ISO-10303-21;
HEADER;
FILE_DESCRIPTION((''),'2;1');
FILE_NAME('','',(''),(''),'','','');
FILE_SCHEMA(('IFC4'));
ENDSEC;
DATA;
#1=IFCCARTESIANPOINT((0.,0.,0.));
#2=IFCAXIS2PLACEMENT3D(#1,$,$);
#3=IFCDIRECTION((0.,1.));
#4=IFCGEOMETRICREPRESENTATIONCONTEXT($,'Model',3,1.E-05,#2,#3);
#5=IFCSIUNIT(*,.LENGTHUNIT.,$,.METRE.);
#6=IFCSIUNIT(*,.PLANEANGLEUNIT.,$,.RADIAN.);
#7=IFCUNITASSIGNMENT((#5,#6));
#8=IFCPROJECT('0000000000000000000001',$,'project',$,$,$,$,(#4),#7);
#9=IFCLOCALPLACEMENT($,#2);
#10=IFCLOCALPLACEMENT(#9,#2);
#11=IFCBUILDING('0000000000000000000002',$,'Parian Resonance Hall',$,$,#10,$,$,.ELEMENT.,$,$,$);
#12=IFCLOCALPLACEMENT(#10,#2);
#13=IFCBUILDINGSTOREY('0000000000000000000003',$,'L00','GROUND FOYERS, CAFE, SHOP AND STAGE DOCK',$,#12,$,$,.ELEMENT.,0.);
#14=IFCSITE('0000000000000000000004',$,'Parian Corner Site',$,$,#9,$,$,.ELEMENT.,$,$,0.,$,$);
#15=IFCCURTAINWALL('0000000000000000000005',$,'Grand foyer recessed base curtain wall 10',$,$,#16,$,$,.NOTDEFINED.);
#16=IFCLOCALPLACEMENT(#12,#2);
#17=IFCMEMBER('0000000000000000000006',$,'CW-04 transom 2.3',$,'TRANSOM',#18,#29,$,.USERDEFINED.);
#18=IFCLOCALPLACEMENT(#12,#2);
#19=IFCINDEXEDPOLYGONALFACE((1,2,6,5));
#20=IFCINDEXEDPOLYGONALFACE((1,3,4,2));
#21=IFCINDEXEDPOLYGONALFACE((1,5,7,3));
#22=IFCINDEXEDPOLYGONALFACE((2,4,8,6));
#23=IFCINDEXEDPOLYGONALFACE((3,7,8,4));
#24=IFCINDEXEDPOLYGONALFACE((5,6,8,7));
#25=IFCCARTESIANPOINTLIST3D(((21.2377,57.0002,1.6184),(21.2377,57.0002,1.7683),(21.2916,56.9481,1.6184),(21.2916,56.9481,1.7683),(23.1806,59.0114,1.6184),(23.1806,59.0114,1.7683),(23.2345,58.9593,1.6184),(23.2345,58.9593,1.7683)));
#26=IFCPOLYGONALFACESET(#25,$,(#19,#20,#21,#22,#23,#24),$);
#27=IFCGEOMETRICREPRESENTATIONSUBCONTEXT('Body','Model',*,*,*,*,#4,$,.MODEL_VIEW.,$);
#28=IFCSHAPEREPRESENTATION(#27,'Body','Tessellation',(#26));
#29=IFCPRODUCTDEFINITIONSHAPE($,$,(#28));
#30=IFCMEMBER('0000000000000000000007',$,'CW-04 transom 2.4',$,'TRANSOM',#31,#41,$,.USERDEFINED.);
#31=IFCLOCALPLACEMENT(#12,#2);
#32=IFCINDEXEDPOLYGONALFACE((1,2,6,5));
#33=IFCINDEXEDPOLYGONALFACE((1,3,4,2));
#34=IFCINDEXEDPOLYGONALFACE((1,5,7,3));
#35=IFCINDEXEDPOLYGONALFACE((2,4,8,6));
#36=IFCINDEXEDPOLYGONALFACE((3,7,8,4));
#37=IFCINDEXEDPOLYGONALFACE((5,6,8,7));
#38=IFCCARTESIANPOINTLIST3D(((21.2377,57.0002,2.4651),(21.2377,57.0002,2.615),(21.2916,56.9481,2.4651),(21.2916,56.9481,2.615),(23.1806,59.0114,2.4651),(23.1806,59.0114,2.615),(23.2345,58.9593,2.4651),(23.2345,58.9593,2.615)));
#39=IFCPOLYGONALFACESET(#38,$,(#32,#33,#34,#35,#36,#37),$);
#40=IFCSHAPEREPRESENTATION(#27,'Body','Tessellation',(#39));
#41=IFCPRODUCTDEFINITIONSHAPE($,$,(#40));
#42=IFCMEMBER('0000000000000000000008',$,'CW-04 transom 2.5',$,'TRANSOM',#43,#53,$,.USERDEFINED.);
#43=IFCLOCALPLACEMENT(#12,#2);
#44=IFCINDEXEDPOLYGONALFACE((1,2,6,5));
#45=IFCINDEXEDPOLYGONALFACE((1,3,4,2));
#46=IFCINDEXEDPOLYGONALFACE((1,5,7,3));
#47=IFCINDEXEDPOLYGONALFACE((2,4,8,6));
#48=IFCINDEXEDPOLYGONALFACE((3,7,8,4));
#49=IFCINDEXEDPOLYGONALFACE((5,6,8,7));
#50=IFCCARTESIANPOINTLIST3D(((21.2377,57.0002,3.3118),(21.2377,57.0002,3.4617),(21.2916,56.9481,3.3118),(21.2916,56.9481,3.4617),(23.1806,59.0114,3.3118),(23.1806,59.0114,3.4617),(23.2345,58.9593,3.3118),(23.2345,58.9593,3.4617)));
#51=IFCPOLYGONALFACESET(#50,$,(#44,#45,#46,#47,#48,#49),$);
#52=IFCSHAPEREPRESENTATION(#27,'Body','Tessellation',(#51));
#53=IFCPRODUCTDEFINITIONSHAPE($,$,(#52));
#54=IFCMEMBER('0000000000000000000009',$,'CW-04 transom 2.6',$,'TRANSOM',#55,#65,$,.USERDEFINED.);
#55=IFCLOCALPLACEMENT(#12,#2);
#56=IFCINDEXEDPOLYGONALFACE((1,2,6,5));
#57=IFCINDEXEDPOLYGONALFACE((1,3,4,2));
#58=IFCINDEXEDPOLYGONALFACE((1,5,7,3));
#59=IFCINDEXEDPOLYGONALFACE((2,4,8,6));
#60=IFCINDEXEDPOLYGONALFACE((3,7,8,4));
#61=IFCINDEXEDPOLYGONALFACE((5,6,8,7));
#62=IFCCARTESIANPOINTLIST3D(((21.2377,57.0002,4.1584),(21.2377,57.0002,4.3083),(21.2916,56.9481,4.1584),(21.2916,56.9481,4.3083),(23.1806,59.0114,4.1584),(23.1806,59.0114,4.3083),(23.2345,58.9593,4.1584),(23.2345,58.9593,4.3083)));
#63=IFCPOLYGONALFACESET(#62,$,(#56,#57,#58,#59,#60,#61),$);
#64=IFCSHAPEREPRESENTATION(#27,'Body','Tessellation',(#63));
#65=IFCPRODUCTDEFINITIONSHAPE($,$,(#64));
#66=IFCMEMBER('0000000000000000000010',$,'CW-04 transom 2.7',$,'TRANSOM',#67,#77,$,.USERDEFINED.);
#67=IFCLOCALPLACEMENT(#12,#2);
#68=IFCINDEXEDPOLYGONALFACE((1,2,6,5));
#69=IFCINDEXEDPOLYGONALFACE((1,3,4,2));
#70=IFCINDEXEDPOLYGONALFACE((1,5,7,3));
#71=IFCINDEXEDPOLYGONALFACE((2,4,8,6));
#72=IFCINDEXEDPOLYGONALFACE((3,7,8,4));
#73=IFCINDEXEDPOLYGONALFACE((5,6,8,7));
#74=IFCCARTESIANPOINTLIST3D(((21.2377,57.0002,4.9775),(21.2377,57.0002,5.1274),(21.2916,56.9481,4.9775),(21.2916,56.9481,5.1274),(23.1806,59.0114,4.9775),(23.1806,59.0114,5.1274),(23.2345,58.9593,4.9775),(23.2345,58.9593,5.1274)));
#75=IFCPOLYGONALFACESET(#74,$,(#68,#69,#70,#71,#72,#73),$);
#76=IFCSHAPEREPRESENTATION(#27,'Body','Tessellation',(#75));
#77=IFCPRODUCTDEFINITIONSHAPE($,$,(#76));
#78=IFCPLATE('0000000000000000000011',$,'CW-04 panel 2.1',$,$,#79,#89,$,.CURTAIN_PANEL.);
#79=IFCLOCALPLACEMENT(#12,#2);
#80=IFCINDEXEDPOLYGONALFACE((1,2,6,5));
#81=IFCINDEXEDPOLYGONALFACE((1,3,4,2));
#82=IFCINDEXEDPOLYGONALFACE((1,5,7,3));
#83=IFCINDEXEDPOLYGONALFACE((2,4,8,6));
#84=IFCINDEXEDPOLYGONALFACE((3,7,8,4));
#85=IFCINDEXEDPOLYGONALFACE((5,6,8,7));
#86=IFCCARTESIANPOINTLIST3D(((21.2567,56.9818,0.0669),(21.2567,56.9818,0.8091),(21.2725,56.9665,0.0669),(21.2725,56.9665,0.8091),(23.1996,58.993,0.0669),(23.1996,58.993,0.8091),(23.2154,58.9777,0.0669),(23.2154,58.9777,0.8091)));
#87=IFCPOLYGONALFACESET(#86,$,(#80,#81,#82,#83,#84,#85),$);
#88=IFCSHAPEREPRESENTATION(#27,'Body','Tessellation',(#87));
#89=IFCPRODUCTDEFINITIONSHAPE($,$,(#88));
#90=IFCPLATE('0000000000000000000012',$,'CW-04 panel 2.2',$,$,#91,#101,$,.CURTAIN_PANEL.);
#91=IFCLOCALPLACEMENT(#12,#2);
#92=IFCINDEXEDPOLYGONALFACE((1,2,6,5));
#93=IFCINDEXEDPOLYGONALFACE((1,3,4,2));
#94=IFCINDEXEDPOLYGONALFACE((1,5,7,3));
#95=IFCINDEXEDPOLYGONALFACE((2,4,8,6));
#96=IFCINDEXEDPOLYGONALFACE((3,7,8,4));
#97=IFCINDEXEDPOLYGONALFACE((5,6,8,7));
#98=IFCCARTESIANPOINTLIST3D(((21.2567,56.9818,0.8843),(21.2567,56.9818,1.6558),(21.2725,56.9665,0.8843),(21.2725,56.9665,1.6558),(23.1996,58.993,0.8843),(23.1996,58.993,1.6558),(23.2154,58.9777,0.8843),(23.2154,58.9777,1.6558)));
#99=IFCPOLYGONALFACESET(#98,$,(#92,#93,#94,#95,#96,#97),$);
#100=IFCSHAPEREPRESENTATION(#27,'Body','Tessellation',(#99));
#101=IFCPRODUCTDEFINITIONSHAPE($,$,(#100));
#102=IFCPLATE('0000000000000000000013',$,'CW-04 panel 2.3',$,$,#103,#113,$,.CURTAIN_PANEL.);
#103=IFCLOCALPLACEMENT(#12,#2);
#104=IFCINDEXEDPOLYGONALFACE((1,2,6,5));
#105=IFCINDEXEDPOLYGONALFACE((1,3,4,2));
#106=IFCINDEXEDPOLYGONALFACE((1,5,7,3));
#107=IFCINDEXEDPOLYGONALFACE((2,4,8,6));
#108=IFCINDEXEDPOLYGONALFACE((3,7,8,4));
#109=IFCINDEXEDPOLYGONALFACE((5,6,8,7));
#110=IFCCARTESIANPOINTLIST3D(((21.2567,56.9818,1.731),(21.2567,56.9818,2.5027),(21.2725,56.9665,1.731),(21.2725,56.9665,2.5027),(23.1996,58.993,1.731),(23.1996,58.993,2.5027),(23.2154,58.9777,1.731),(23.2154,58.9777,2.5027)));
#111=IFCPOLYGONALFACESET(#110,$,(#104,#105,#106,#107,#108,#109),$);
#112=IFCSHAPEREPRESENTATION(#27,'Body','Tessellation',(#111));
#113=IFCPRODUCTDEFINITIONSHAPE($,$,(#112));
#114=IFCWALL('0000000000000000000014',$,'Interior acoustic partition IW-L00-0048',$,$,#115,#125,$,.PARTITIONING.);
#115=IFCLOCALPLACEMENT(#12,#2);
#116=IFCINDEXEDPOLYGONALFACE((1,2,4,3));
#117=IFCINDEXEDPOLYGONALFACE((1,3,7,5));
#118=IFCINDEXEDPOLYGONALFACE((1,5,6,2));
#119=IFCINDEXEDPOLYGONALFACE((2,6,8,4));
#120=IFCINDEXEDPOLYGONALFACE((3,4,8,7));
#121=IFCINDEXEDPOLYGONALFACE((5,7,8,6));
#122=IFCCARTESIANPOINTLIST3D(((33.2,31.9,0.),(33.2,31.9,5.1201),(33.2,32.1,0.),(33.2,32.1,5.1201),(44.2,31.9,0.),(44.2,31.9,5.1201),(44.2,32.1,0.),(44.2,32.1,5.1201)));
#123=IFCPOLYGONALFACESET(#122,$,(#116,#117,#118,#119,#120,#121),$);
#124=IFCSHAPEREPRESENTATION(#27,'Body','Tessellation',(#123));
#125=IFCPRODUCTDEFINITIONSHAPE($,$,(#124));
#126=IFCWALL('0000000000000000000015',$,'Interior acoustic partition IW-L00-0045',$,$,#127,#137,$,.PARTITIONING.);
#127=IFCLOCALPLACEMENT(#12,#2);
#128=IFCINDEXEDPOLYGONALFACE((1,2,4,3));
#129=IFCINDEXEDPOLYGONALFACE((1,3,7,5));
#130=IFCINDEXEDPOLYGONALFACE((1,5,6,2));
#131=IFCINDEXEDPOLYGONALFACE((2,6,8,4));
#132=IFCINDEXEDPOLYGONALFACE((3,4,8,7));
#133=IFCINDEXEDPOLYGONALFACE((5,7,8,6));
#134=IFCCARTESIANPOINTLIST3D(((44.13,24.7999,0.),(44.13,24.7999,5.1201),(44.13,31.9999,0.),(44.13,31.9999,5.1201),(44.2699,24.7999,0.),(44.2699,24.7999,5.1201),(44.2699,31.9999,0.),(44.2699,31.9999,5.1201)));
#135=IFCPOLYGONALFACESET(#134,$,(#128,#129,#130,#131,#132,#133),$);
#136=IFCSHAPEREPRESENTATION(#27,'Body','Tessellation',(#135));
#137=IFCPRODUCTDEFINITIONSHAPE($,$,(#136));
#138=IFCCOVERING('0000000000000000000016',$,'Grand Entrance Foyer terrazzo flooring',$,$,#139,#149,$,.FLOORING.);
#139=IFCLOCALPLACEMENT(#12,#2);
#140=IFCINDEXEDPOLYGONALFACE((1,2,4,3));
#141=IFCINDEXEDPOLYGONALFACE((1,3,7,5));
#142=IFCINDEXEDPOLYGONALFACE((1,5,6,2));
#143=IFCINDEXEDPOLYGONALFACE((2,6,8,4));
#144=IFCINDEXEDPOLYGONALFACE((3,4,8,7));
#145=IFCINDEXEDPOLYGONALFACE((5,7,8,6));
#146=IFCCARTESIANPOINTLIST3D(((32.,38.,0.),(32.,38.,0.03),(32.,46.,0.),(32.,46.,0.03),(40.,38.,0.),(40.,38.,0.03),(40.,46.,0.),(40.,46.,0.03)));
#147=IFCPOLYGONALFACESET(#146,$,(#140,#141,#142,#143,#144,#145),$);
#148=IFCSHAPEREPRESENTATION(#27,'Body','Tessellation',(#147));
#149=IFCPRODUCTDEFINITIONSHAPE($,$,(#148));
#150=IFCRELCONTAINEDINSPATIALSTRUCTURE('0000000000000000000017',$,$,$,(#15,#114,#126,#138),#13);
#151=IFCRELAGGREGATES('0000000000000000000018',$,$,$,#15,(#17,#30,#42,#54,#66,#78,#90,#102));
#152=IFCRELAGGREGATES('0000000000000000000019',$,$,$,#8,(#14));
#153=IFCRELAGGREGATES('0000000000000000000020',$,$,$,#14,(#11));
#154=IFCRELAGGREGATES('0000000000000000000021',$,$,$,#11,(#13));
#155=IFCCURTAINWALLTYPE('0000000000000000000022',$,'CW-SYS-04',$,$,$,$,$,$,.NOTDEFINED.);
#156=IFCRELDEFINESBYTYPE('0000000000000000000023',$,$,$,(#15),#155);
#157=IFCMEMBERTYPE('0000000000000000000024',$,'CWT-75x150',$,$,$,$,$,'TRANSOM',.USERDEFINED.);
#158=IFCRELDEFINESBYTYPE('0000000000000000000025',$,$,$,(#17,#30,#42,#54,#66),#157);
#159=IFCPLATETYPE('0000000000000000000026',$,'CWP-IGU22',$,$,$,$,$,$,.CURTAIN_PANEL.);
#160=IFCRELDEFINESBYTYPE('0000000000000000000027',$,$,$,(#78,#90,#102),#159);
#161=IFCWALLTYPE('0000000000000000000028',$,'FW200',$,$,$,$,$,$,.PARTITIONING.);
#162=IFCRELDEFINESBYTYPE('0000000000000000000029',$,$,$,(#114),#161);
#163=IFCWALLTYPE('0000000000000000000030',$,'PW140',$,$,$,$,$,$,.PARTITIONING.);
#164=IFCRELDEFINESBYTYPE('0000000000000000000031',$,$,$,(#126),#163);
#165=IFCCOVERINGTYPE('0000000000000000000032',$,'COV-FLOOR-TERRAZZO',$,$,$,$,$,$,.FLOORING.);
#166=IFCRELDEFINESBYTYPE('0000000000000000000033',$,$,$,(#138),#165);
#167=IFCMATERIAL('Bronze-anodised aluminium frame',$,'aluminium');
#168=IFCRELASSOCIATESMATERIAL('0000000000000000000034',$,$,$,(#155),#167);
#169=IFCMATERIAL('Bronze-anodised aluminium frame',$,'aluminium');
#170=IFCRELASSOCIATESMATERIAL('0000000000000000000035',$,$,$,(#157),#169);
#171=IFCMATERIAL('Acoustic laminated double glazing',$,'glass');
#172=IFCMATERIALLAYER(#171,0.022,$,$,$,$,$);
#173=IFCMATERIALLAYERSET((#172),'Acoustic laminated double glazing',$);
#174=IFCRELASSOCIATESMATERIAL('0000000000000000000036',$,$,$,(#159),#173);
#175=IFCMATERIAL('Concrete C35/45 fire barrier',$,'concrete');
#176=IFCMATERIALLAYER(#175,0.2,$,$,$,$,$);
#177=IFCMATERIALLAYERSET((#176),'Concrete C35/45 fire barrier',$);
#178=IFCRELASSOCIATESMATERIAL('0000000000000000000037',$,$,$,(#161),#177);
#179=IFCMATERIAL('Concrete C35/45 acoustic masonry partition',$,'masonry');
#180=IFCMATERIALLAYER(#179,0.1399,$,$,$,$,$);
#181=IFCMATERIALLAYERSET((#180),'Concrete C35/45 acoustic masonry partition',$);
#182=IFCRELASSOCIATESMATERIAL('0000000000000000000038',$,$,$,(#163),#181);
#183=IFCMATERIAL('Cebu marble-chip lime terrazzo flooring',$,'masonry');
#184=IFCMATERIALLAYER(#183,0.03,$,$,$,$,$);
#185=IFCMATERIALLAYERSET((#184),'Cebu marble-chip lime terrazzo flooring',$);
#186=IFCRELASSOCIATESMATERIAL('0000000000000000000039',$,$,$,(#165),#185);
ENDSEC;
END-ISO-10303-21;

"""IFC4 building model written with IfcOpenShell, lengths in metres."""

from ifc_helpers import new_model, si_unit, direction, frame, frame_2d, origin, origin_2d, place, context, subcontext, project, spatial, rectangle, extrude, material, layer, layer_set, material_profile, profile_set, type_object, element, aggregate, save


model = new_model("IFC4")

# Units and contexts
model_context = context("Model", 3, precision=1e-05, world=origin(), true_north=direction((0.0, 1.0)))
body_context = subcontext(model_context, "Body", "Model", "MODEL_VIEW")
ifc_project = project(units=[si_unit("LENGTHUNIT", "METRE"), si_unit("PLANEANGLEUNIT", "RADIAN")], contexts=[model_context])

# Site, building, storey
site_placement = place(None, origin())
site = spatial("IfcSite", under=ifc_project, at=site_placement, Name="Parian Corner Site", CompositionType="ELEMENT", RefElevation=0.0)
building_placement = place(site_placement, origin())
building = spatial("IfcBuilding", under=site, at=building_placement, Name="Parian Resonance Hall", CompositionType="ELEMENT")
storey_placement = place(building_placement, origin())
storey = spatial("IfcBuildingStorey", under=building, at=storey_placement, Name="L00", Description="GROUND FOYERS, CAFE, SHOP AND STAGE DOCK", CompositionType="ELEMENT", Elevation=0.0)

# Curtain wall, members, plates
ifc_material_1 = material(Name="Bronze-anodised aluminium frame", Category="aluminium")
curtain_wall_type = type_object("IfcCurtainWallType", Name="CW-SYS-04", PredefinedType="NOTDEFINED", material=ifc_material_1)
curtain_wall_placement = place(storey_placement, origin())
curtain_wall = element("IfcCurtainWall", 1, at=curtain_wall_placement, inside=storey, type_object=curtain_wall_type, Name="Grand foyer recessed base curtain wall 10", PredefinedType="NOTDEFINED")
ifc_material_2 = material(Name="Bronze-anodised aluminium frame", Category="aluminium")
ifc_material_profile_1 = material_profile(ifc_material_2, rectangle(XDim=0.075, YDim=0.1499, at=origin_2d()), Name="CWT-75x150")
ifc_profile_set_1 = profile_set([ifc_material_profile_1], Name="Bronze-anodised aluminium frame")
member_type_1 = type_object("IfcMemberType", Name="CWT-75x150", ElementType="TRANSOM", PredefinedType="USERDEFINED", material=ifc_profile_set_1)
member_1_placement = place(storey_placement, frame((21.2646, 56.9741, 1.6934), z_axis=(0.694778, 0.719224, 0.0), x_axis=(-0.719224, 0.694778, 0.0)))
member_1 = element("IfcMember", 2, at=member_1_placement, type_object=member_type_1, Name="CW-04 transom 2.3", ObjectType="TRANSOM", PredefinedType="USERDEFINED", context=body_context, shape_type="SweptSolid", body=[
    extrude(rectangle(XDim=0.075, YDim=0.1499, at=origin_2d()), origin(), (0.0, 0.0, 1.0), 2.7964),
])
member_2_placement = place(storey_placement, frame((21.2646, 56.9741, 2.54), z_axis=(0.694778, 0.719224, 0.0), x_axis=(-0.719224, 0.694778, 0.0)))
member_2 = element("IfcMember", 3, at=member_2_placement, type_object=member_type_1, Name="CW-04 transom 2.4", ObjectType="TRANSOM", PredefinedType="USERDEFINED", context=body_context, shape_type="SweptSolid", body=[
    extrude(rectangle(XDim=0.075, YDim=0.1499, at=origin_2d()), origin(), (0.0, 0.0, 1.0), 2.7964),
])
member_3_placement = place(storey_placement, frame((21.2646, 56.9741, 3.3867), z_axis=(0.694778, 0.719224, 0.0), x_axis=(-0.719224, 0.694778, 0.0)))
member_3 = element("IfcMember", 4, at=member_3_placement, type_object=member_type_1, Name="CW-04 transom 2.5", ObjectType="TRANSOM", PredefinedType="USERDEFINED", context=body_context, shape_type="SweptSolid", body=[
    extrude(rectangle(XDim=0.075, YDim=0.1499, at=origin_2d()), origin(), (0.0, 0.0, 1.0), 2.7964),
])
member_4_placement = place(storey_placement, frame((21.2646, 56.9741, 4.2334), z_axis=(0.694778, 0.719224, 0.0), x_axis=(-0.719224, 0.694778, 0.0)))
member_4 = element("IfcMember", 5, at=member_4_placement, type_object=member_type_1, Name="CW-04 transom 2.6", ObjectType="TRANSOM", PredefinedType="USERDEFINED", context=body_context, shape_type="SweptSolid", body=[
    extrude(rectangle(XDim=0.075, YDim=0.1499, at=origin_2d()), origin(), (0.0, 0.0, 1.0), 2.7964),
])
member_5_placement = place(storey_placement, frame((21.2646, 56.9741, 5.0525), z_axis=(0.694778, 0.719224, 0.0), x_axis=(-0.719224, 0.694778, 0.0)))
member_5 = element("IfcMember", 6, at=member_5_placement, type_object=member_type_1, Name="CW-04 transom 2.7", ObjectType="TRANSOM", PredefinedType="USERDEFINED", context=body_context, shape_type="SweptSolid", body=[
    extrude(rectangle(XDim=0.075, YDim=0.1499, at=origin_2d()), origin(), (0.0, 0.0, 1.0), 2.7964),
])
ifc_material_3 = material(Name="Acoustic laminated double glazing", Category="glass")
ifc_layer_1 = layer(ifc_material_3, 0.022)
ifc_layer_set_1 = layer_set([ifc_layer_1], Name="Acoustic laminated double glazing")
plate_type = type_object("IfcPlateType", Name="CWP-IGU22", PredefinedType="CURTAIN_PANEL", material=ifc_layer_set_1)
plate_1_placement = place(storey_placement, frame((22.2361, 57.9797, 0.0669), z_axis=(0.0, 0.0, 1.0), x_axis=(0.69478, 0.719223, 0.0)))
plate_1 = element("IfcPlate", 7, at=plate_1_placement, type_object=plate_type, Name="CW-04 panel 2.1", PredefinedType="CURTAIN_PANEL", context=body_context, shape_type="SweptSolid", body=[
    extrude(rectangle(XDim=2.7964, YDim=0.022, at=origin_2d()), origin(), (0.0, 0.0, 1.0), 0.7422),
])
plate_2_placement = place(storey_placement, frame((22.2361, 57.9797, 0.8843), z_axis=(0.0, 0.0, 1.0), x_axis=(0.69478, 0.719223, 0.0)))
plate_2 = element("IfcPlate", 8, at=plate_2_placement, type_object=plate_type, Name="CW-04 panel 2.2", PredefinedType="CURTAIN_PANEL", context=body_context, shape_type="SweptSolid", body=[
    extrude(rectangle(XDim=2.7964, YDim=0.022, at=origin_2d()), origin(), (0.0, 0.0, 1.0), 0.7715),
])
plate_3_placement = place(storey_placement, frame((22.2361, 57.9797, 1.731), z_axis=(0.0, 0.0, 1.0), x_axis=(0.69478, 0.719223, 0.0)))
plate_3 = element("IfcPlate", 9, at=plate_3_placement, type_object=plate_type, Name="CW-04 panel 2.3", PredefinedType="CURTAIN_PANEL", context=body_context, shape_type="SweptSolid", body=[
    extrude(rectangle(XDim=2.7964, YDim=0.022, at=origin_2d()), origin(), (0.0, 0.0, 1.0), 0.7717),
])
aggregate(curtain_wall, [member_1, member_2, member_3, member_4, member_5, plate_1, plate_2, plate_3])

# Walls
ifc_material_4 = material(Name="Concrete C35/45 fire barrier", Category="concrete")
ifc_layer_2 = layer(ifc_material_4, 0.2)
ifc_layer_set_2 = layer_set([ifc_layer_2], Name="Concrete C35/45 fire barrier")
wall_type_1 = type_object("IfcWallType", Name="FW200", PredefinedType="PARTITIONING", material=ifc_layer_set_2)
wall_1_placement = place(storey_placement, frame((33.2, 32.0, 0.0), z_axis=(0.0, 0.0, 1.0), x_axis=(1.0, 0.0, 0.0)))
element("IfcWall", 10, at=wall_1_placement, inside=storey, type_object=wall_type_1, Name="Interior acoustic partition IW-L00-0048", PredefinedType="PARTITIONING", context=body_context, shape_type="SweptSolid", body=[
    extrude(rectangle(XDim=11.0, YDim=0.2, at=frame_2d((5.5, 0.0))), origin(), (0.0, 0.0, 1.0), 5.1201),
])
ifc_material_5 = material(Name="Concrete C35/45 acoustic masonry partition", Category="masonry")
ifc_layer_3 = layer(ifc_material_5, 0.1399)
ifc_layer_set_3 = layer_set([ifc_layer_3], Name="Concrete C35/45 acoustic masonry partition")
wall_type_2 = type_object("IfcWallType", Name="PW140", PredefinedType="PARTITIONING", material=ifc_layer_set_3)
wall_2_placement = place(storey_placement, frame((44.2, 32.0, 0.0), z_axis=(0.0, 0.0, 1.0), x_axis=(0.0, -1.0, 0.0)))
element("IfcWall", 11, at=wall_2_placement, inside=storey, type_object=wall_type_2, Name="Interior acoustic partition IW-L00-0045", PredefinedType="PARTITIONING", context=body_context, shape_type="SweptSolid", body=[
    extrude(rectangle(XDim=7.2, YDim=0.1399, at=frame_2d((3.6001, 0.0))), origin(), (0.0, 0.0, 1.0), 5.1201),
])

# Covering
ifc_material_6 = material(Name="Cebu marble-chip lime terrazzo flooring", Category="masonry")
ifc_layer_4 = layer(ifc_material_6, 0.03)
ifc_layer_set_4 = layer_set([ifc_layer_4], Name="Cebu marble-chip lime terrazzo flooring")
covering_type = type_object("IfcCoveringType", Name="COV-FLOOR-TERRAZZO", PredefinedType="FLOORING", material=ifc_layer_set_4)
covering_placement = place(storey_placement, frame((36.0, 42.0, 0.0), z_axis=(0.0, 0.0, 1.0), x_axis=(1.0, 0.0, 0.0)))
element("IfcCovering", 12, at=covering_placement, inside=storey, type_object=covering_type, Name="Grand Entrance Foyer terrazzo flooring", PredefinedType="FLOORING", context=body_context, shape_type="SweptSolid", body=[
    extrude(rectangle(XDim=8.0, YDim=8.0, at=origin_2d()), origin(), (0.0, 0.0, 1.0), 0.03),
])

save(model, "model.ifc")
